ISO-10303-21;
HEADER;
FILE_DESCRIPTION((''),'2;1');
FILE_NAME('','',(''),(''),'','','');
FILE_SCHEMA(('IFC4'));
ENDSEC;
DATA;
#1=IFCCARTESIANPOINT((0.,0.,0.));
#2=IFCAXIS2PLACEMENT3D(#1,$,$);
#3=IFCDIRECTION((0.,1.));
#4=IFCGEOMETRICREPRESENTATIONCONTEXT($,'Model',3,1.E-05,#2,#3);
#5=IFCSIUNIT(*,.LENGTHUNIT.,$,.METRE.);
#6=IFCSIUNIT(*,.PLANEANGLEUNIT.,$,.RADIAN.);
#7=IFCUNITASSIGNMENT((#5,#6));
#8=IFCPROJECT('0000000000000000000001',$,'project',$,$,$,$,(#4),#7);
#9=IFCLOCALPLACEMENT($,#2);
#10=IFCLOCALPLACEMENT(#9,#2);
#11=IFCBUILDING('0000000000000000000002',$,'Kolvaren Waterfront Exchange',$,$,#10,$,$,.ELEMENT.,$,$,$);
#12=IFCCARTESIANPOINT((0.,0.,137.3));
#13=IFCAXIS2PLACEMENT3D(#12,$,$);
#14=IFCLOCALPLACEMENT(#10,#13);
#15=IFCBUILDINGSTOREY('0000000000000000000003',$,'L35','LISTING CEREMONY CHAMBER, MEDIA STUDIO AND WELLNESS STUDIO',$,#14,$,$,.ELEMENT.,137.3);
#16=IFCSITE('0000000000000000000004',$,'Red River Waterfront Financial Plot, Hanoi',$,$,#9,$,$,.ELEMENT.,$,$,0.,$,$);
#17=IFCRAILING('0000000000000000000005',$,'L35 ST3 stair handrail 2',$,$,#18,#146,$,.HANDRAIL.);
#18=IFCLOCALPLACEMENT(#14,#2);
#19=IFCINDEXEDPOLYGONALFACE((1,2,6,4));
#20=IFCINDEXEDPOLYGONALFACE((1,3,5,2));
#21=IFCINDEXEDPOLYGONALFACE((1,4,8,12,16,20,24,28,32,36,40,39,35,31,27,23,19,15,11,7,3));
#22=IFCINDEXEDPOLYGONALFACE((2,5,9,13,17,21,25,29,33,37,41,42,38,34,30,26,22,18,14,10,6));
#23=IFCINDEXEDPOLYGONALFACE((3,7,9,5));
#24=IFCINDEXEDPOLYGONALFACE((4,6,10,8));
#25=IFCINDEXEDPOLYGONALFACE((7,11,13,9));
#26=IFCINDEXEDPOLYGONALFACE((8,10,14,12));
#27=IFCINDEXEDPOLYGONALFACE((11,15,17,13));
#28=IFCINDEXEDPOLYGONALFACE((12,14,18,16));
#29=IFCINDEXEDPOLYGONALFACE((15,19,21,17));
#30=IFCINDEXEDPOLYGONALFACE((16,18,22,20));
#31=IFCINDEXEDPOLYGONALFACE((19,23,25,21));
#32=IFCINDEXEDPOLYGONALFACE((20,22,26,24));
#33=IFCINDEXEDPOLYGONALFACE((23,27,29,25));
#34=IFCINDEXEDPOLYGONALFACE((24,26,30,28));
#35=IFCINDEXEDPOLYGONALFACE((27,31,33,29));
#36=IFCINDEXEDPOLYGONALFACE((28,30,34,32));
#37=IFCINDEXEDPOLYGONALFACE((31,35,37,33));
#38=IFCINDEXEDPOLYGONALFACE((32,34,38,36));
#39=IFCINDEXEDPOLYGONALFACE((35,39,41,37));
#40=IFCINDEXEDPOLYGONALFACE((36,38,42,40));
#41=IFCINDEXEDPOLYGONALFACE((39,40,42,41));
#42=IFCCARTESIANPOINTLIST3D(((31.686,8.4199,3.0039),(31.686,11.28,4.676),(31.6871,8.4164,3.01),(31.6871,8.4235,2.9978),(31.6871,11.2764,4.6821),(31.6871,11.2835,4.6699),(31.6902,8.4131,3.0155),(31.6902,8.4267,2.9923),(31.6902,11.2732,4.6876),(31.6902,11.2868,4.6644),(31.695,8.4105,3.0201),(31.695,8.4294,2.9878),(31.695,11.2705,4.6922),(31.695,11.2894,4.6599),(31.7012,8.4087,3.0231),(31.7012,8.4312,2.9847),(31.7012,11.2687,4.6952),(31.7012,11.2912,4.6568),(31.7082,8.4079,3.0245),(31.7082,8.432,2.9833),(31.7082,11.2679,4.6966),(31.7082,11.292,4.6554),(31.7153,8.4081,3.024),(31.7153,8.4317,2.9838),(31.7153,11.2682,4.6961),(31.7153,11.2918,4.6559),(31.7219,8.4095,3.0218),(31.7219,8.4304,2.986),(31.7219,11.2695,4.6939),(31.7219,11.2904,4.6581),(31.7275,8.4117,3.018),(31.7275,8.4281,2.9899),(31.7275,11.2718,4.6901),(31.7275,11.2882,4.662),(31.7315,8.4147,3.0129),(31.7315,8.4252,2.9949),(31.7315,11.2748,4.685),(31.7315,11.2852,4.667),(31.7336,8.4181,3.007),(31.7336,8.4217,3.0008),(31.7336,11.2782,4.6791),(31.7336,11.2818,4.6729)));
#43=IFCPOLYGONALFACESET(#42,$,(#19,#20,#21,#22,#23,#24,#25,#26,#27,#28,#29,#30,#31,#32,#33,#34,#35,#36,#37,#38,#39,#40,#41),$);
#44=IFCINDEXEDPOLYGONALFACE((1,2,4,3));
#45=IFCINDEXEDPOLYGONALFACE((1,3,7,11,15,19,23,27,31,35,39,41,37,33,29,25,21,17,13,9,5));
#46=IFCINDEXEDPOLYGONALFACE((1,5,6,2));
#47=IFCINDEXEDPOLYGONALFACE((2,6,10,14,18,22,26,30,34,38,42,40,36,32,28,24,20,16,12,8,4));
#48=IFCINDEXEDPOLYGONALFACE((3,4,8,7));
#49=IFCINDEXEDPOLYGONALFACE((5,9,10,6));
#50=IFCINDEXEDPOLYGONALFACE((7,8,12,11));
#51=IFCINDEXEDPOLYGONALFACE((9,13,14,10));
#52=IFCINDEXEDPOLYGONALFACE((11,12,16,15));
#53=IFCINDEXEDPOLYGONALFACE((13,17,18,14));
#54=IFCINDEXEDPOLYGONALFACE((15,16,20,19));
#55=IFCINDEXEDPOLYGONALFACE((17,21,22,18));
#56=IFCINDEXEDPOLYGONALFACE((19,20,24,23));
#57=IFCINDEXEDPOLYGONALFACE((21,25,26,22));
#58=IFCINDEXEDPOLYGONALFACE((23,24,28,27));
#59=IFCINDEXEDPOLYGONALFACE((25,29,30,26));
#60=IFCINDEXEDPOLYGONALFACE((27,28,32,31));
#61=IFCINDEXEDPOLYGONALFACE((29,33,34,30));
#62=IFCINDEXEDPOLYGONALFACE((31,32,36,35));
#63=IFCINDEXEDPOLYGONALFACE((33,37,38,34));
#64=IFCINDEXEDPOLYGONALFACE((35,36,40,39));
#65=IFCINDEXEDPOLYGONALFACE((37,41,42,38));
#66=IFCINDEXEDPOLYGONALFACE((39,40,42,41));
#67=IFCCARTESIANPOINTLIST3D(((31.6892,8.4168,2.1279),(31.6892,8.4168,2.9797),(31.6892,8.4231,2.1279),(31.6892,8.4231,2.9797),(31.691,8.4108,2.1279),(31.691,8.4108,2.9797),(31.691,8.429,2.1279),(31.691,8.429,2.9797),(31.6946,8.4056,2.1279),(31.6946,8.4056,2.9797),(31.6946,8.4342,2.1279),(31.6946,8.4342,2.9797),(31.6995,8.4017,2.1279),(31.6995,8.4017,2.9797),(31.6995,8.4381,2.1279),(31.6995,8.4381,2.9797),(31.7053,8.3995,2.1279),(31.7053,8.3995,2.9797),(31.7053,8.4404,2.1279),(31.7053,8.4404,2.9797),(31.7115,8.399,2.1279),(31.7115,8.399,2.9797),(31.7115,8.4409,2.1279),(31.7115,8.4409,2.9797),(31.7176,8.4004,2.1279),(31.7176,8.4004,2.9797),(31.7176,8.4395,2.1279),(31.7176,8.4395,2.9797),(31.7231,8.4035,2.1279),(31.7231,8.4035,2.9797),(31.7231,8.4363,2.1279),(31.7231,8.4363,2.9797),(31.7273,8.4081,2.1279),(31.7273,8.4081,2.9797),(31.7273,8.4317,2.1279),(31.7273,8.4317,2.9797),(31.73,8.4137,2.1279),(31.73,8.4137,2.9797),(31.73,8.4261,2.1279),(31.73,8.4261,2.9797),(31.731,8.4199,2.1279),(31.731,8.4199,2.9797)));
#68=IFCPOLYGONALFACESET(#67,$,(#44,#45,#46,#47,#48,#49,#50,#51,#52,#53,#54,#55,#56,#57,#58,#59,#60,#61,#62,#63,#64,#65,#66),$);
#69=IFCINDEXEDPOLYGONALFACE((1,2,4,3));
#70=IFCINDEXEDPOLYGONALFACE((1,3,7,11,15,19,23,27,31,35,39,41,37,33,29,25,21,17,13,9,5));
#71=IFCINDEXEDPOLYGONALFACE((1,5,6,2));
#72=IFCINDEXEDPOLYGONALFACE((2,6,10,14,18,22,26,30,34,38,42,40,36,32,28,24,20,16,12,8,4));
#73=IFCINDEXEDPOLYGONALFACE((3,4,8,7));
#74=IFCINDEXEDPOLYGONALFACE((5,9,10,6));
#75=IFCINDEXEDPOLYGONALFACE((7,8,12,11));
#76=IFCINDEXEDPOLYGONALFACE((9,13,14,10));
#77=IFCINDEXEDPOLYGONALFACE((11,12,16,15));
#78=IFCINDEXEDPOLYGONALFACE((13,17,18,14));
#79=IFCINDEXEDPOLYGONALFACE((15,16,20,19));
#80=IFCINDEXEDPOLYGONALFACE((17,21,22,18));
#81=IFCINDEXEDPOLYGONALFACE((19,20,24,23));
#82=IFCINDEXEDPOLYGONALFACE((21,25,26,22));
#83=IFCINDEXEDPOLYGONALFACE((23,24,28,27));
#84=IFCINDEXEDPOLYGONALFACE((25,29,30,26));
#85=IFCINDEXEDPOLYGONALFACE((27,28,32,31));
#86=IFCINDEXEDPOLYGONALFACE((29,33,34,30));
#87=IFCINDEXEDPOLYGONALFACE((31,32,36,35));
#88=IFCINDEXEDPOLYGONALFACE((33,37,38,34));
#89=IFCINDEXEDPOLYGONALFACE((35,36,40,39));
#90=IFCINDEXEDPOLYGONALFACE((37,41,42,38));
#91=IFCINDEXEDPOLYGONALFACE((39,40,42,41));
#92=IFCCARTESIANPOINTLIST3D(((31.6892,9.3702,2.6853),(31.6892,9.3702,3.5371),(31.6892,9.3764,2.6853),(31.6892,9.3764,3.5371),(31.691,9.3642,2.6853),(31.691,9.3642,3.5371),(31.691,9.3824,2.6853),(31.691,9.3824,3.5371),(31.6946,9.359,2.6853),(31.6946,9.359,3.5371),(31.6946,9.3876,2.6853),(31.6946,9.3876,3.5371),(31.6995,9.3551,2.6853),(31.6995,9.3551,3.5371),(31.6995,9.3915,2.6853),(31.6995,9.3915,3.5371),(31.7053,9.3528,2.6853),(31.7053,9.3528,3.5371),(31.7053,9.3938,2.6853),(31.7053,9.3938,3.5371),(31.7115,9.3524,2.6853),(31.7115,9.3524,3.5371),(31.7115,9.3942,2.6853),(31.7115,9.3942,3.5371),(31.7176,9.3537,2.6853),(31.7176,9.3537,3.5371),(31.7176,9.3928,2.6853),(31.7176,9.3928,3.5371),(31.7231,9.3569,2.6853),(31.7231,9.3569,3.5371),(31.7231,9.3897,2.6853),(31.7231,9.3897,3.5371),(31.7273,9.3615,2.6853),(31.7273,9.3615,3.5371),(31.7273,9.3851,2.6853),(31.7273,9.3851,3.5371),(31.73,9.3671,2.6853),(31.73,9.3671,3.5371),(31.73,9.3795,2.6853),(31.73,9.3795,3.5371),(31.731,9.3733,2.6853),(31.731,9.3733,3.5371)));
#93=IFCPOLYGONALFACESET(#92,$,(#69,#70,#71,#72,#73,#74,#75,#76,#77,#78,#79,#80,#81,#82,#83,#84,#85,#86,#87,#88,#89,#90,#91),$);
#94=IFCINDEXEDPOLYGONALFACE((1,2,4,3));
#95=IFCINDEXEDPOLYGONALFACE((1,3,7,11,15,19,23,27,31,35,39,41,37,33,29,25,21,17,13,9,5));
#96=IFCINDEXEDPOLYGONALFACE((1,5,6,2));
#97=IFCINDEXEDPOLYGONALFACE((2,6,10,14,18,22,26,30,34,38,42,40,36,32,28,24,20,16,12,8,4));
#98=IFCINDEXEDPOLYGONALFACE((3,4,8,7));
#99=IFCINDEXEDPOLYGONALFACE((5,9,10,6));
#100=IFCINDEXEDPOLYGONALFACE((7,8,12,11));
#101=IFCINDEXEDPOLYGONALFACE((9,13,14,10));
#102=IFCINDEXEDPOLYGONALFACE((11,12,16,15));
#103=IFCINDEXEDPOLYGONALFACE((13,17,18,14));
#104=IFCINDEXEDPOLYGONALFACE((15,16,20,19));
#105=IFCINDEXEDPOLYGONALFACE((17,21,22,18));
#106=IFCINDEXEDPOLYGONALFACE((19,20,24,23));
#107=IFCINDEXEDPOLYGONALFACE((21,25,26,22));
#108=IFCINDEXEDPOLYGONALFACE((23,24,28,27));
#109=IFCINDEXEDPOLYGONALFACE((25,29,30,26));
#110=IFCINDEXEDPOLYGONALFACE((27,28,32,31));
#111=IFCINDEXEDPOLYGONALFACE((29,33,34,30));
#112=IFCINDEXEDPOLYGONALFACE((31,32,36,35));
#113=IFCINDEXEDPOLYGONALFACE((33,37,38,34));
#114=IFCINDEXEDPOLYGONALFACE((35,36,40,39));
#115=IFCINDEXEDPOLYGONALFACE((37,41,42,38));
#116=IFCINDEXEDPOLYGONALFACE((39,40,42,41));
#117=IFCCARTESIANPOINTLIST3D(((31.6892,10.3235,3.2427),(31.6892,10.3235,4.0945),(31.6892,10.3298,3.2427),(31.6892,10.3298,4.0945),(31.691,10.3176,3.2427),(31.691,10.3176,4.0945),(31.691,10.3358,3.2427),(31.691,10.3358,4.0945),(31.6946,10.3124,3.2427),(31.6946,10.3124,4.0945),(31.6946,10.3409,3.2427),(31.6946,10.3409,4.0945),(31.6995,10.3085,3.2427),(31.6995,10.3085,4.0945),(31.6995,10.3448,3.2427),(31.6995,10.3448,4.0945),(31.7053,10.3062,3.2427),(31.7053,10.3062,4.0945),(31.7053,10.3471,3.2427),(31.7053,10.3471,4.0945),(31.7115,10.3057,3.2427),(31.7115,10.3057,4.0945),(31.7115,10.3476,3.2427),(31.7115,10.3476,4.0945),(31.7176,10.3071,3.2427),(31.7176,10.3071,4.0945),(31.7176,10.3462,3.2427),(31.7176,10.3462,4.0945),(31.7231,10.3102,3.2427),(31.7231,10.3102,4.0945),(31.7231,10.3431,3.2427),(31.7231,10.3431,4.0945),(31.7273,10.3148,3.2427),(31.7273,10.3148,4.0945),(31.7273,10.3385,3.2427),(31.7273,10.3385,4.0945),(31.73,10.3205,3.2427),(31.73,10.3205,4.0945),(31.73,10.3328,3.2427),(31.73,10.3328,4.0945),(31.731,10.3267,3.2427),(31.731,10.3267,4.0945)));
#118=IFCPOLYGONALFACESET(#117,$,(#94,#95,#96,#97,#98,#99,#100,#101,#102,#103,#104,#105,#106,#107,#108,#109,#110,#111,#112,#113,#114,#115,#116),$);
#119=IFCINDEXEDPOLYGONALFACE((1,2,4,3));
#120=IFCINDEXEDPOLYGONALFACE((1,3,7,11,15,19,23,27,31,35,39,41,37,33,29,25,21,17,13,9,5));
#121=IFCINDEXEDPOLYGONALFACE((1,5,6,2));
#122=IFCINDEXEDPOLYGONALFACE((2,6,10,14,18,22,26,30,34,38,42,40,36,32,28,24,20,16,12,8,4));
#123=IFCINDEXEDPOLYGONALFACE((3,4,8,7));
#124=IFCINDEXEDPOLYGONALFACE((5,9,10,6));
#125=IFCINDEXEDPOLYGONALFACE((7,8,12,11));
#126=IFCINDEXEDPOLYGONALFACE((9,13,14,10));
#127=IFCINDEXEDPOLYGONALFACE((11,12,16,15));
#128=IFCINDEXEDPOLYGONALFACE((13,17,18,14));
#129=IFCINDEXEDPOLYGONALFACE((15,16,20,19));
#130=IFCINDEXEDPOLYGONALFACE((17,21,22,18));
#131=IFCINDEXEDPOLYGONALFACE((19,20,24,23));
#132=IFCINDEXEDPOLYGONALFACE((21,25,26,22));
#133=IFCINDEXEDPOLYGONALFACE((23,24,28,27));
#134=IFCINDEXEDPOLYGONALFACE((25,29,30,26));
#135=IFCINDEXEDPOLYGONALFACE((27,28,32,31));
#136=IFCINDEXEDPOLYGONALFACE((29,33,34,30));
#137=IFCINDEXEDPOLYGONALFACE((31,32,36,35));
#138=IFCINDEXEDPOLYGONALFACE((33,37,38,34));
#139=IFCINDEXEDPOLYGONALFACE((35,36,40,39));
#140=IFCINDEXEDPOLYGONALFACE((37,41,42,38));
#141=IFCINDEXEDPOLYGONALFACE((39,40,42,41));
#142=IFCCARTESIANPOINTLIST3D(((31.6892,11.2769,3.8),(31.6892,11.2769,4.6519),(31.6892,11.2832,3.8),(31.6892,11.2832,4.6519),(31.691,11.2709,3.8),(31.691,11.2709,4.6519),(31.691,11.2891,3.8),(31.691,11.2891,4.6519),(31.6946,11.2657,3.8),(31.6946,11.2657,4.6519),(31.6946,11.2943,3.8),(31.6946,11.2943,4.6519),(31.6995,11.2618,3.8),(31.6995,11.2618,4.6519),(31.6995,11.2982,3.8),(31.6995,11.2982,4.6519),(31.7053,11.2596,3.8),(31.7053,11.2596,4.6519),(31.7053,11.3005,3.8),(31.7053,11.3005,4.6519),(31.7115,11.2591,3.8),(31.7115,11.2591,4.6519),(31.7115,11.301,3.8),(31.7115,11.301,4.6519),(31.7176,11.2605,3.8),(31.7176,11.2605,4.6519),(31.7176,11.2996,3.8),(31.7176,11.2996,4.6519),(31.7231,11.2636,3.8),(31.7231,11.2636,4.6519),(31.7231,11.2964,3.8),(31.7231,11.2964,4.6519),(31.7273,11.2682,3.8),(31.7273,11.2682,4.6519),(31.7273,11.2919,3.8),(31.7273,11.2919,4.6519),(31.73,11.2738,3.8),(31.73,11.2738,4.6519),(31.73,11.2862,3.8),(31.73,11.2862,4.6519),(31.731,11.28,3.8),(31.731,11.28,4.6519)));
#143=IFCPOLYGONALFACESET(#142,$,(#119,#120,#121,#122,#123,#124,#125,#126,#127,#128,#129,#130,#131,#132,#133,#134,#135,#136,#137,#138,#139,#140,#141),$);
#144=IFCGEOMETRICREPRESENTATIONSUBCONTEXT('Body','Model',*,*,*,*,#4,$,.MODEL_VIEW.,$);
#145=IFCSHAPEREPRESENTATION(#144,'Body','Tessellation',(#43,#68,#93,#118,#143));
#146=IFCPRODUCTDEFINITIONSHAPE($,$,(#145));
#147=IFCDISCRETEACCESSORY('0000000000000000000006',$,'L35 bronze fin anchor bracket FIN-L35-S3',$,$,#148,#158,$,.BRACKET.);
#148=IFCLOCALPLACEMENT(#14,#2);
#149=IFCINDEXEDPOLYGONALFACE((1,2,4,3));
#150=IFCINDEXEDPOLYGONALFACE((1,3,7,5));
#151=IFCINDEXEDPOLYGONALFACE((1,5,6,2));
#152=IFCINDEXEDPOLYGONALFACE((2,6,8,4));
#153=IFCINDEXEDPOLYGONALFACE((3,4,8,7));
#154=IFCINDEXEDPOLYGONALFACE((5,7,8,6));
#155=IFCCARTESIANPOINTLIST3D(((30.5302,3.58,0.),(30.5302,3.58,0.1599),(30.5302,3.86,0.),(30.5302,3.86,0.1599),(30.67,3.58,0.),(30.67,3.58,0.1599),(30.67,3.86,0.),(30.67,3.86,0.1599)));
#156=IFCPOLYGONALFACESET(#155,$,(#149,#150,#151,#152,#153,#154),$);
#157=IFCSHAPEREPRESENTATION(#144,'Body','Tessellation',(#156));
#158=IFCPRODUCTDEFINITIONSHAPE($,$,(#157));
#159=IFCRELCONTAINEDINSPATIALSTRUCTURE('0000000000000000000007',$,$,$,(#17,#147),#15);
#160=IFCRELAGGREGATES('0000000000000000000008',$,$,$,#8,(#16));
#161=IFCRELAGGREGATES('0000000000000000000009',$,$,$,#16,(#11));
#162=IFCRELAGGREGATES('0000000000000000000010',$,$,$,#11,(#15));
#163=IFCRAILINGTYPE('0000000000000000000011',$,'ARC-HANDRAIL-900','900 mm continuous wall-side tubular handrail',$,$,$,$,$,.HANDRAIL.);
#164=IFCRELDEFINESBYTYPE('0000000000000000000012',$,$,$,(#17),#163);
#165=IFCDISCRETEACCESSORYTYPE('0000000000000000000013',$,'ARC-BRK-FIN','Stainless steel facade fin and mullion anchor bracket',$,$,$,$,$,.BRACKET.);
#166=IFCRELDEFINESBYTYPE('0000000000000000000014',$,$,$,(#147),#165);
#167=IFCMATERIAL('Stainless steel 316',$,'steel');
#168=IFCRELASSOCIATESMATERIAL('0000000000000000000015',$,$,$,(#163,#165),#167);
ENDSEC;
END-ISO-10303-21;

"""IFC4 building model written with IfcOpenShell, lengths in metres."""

from ifc_helpers import new_model, si_unit, direction, frame, origin, origin_with_axes, origin_2d, place, context, subcontext, project, spatial, rectangle, circle, extrude, source, transform, mapped, material, type_object, element, save


model = new_model("IFC4")

# Units and contexts
model_context = context("Model", 3, precision=1e-05, world=origin(), true_north=direction((0.0, 1.0)))
body_context = subcontext(model_context, "Body", "Model", "MODEL_VIEW")
ifc_project = project(units=[si_unit("LENGTHUNIT", "METRE"), si_unit("PLANEANGLEUNIT", "RADIAN")], contexts=[model_context])

# Site, building, storey
site_placement = place(None, origin())
site = spatial("IfcSite", under=ifc_project, at=site_placement, Name="Red River Waterfront Financial Plot, Hanoi", CompositionType="ELEMENT", RefElevation=0.0)
building_placement = place(site_placement, origin())
building = spatial("IfcBuilding", under=site, at=building_placement, Name="Kolvaren Waterfront Exchange", CompositionType="ELEMENT")
storey_placement = place(building_placement, frame((0.0, 0.0, 137.3)))
storey = spatial("IfcBuildingStorey", under=building, at=storey_placement, Name="L35", Description="LISTING CEREMONY CHAMBER, MEDIA STUDIO AND WELLNESS STUDIO", CompositionType="ELEMENT", Elevation=137.3)

# Railing
ifc_material_1 = material(Name="Stainless steel 316", Category="steel")
railing_type_1 = type_object("IfcRailingType", Name="ARC-HANDRAIL-900", Description="900 mm continuous wall-side tubular handrail", PredefinedType="HANDRAIL", material=ifc_material_1)
railing_1_placement = place(storey_placement, frame((31.71, 8.4199, 2.1279)))
element("IfcRailing", 1, at=railing_1_placement, inside=storey, type_object=railing_type_1, Name="L35 ST3 stair handrail 2", PredefinedType="HANDRAIL", context=body_context, shape_type="SweptSolid", body=[
    extrude(circle(Radius=0.0239, at=origin_2d()), frame((0.0, 0.0, 0.876), z_axis=(0.0, 0.863289, 0.504709), x_axis=(-1.0, 0.0, 0.0)), (0.0, 0.0, 1.0), 3.313),
    extrude(circle(Radius=0.021, at=origin_2d()), origin(), (0.0, 0.0, 1.0), 0.8518),
    extrude(circle(Radius=0.021, at=origin_2d()), frame((0.0, 0.9534, 0.5574)), (0.0, 0.0, 1.0), 0.8518),
    extrude(circle(Radius=0.021, at=origin_2d()), frame((0.0, 1.9067, 1.1147)), (0.0, 0.0, 1.0), 0.8518),
    extrude(circle(Radius=0.021, at=origin_2d()), frame((0.0, 2.8601, 1.6721)), (0.0, 0.0, 1.0), 0.8518),
])

# Discrete accessory
discrete_accessory_type = type_object("IfcDiscreteAccessoryType", Name="ARC-BRK-FIN", Description="Stainless steel facade fin and mullion anchor bracket", PredefinedType="BRACKET", material=ifc_material_1)
shared_shape_1 = source(origin_with_axes(), body_context, "Body", "SweptSolid", [
    extrude(rectangle(XDim=0.28, YDim=0.1399, at=origin_2d()), origin(), (0.0, 0.0, 1.0), 0.1599),
])
discrete_accessory_placement = place(storey_placement, frame((30.6001, 3.72, 0.0), z_axis=(0.0, 0.0, 1.0), x_axis=(0.0, -1.0, 0.0)))
element("IfcDiscreteAccessory", 2, at=discrete_accessory_placement, inside=storey, type_object=discrete_accessory_type, Name="L35 bronze fin anchor bracket FIN-L35-S3", PredefinedType="BRACKET", context=body_context, shape_type="MappedRepresentation", body=[
    mapped(shared_shape_1, transform((0.0, 0.0, 0.0), x_axis=(1.0, 0.0, 0.0), y_axis=(0.0, 1.0, 0.0), z_axis=(0.0, 0.0, 1.0), scale=1.0)),
])

save(model, "model.ifc")
